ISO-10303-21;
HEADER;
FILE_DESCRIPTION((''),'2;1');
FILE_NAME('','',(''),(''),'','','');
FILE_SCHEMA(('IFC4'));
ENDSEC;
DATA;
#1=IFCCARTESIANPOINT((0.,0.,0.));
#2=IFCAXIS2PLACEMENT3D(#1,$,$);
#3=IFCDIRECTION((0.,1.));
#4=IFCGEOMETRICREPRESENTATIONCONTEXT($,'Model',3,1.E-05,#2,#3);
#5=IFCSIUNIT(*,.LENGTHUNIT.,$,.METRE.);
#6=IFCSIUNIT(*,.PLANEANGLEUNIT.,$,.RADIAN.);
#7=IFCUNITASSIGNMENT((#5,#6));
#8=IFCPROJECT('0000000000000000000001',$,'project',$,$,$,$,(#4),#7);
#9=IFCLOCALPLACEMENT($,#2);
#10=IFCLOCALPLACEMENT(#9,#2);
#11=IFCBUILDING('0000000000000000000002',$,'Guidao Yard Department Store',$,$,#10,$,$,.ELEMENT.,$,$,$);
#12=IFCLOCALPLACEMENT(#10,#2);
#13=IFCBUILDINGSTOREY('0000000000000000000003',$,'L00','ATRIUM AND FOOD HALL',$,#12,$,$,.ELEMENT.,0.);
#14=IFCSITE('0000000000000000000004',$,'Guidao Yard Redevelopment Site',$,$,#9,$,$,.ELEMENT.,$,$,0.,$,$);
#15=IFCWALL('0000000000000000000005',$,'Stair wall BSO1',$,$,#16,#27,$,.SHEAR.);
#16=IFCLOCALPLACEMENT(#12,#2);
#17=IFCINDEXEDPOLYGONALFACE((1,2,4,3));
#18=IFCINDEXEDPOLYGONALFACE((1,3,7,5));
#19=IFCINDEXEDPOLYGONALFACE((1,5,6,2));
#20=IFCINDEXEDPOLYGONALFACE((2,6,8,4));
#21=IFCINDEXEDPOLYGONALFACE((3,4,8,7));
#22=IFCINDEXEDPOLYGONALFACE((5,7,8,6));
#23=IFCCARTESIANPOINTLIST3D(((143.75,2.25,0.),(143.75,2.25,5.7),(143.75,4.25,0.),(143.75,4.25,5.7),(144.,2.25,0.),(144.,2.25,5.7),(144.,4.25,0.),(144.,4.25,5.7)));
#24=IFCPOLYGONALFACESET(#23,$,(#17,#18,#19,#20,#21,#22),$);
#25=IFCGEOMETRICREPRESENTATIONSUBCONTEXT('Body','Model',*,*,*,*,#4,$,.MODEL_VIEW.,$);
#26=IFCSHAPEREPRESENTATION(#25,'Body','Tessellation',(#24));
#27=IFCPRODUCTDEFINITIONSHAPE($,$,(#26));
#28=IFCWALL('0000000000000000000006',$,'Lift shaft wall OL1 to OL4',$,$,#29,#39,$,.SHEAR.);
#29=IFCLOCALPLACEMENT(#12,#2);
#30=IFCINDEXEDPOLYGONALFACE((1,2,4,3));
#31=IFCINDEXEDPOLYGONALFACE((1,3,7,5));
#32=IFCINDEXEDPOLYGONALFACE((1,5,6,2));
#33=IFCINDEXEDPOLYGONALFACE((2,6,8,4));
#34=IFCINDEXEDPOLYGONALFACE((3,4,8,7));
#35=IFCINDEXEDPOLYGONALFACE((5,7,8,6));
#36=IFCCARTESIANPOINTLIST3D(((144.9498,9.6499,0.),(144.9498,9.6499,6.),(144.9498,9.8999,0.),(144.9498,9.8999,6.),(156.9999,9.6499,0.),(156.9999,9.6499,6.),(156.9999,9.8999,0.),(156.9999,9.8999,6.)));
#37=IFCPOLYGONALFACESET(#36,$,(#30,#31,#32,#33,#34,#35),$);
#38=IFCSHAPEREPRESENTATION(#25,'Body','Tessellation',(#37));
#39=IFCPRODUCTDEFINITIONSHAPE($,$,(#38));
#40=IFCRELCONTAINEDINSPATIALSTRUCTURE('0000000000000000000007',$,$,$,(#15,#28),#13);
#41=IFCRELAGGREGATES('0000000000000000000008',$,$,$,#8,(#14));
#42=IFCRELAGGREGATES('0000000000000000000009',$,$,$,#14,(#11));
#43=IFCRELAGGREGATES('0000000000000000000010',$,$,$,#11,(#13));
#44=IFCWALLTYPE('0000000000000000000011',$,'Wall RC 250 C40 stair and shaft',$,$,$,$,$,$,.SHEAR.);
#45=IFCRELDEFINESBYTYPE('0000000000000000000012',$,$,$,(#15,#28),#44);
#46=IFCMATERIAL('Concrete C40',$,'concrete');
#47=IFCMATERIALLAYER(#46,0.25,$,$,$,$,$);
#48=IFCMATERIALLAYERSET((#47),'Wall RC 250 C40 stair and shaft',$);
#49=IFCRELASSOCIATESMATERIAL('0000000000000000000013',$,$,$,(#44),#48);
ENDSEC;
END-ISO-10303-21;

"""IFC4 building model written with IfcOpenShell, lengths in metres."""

from ifc_helpers import new_model, si_unit, direction, frame, frame_2d, origin, place, context, subcontext, project, spatial, rectangle, extrude, material, layer, layer_set, type_object, element, save


model = new_model("IFC4")

# Units and contexts
model_context = context("Model", 3, precision=1e-05, world=origin(), true_north=direction((0.0, 1.0)))
body_context = subcontext(model_context, "Body", "Model", "MODEL_VIEW")
ifc_project = project(units=[si_unit("LENGTHUNIT", "METRE"), si_unit("PLANEANGLEUNIT", "RADIAN")], contexts=[model_context])

# Site, building, storey
site_placement = place(None, origin())
site = spatial("IfcSite", under=ifc_project, at=site_placement, Name="Guidao Yard Redevelopment Site", CompositionType="ELEMENT", RefElevation=0.0)
building_placement = place(site_placement, origin())
building = spatial("IfcBuilding", under=site, at=building_placement, Name="Guidao Yard Department Store", CompositionType="ELEMENT")
storey_placement = place(building_placement, origin())
storey = spatial("IfcBuildingStorey", under=building, at=storey_placement, Name="L00", Description="ATRIUM AND FOOD HALL", CompositionType="ELEMENT", Elevation=0.0)

# Shared definitions
ifc_material_1 = material(Name="Concrete C40", Category="concrete")
ifc_layer_1 = layer(ifc_material_1, 0.25)
ifc_layer_set_1 = layer_set([ifc_layer_1], Name="Wall RC 250 C40 stair and shaft")
wall_type_1 = type_object("IfcWallType", Name="Wall RC 250 C40 stair and shaft", PredefinedType="SHEAR", material=ifc_layer_set_1)

# Walls
wall_1_placement = place(storey_placement, frame((143.875, 2.25, 0.0), z_axis=(0.0, 0.0, 1.0), x_axis=(0.0, 1.0, 0.0)))
element("IfcWall", 1, at=wall_1_placement, inside=storey, type_object=wall_type_1, Name="Stair wall BSO1", PredefinedType="SHEAR", context=body_context, shape_type="SweptSolid", body=[
    extrude(rectangle(XDim=2.0, YDim=0.25, at=frame_2d((1.0, 0.0))), origin(), (0.0, 0.0, 1.0), 5.7),
])
wall_2_placement = place(storey_placement, frame((144.95, 9.7749, 0.0), z_axis=(0.0, 0.0, 1.0), x_axis=(1.0, 0.0, 0.0)))
element("IfcWall", 2, at=wall_2_placement, inside=storey, type_object=wall_type_1, Name="Lift shaft wall OL1 to OL4", PredefinedType="SHEAR", context=body_context, shape_type="SweptSolid", body=[
    extrude(rectangle(XDim=12.05, YDim=0.25, at=frame_2d((6.0249, 0.0))), origin(), (0.0, 0.0, 1.0), 6.0),
])

save(model, "model.ifc")
